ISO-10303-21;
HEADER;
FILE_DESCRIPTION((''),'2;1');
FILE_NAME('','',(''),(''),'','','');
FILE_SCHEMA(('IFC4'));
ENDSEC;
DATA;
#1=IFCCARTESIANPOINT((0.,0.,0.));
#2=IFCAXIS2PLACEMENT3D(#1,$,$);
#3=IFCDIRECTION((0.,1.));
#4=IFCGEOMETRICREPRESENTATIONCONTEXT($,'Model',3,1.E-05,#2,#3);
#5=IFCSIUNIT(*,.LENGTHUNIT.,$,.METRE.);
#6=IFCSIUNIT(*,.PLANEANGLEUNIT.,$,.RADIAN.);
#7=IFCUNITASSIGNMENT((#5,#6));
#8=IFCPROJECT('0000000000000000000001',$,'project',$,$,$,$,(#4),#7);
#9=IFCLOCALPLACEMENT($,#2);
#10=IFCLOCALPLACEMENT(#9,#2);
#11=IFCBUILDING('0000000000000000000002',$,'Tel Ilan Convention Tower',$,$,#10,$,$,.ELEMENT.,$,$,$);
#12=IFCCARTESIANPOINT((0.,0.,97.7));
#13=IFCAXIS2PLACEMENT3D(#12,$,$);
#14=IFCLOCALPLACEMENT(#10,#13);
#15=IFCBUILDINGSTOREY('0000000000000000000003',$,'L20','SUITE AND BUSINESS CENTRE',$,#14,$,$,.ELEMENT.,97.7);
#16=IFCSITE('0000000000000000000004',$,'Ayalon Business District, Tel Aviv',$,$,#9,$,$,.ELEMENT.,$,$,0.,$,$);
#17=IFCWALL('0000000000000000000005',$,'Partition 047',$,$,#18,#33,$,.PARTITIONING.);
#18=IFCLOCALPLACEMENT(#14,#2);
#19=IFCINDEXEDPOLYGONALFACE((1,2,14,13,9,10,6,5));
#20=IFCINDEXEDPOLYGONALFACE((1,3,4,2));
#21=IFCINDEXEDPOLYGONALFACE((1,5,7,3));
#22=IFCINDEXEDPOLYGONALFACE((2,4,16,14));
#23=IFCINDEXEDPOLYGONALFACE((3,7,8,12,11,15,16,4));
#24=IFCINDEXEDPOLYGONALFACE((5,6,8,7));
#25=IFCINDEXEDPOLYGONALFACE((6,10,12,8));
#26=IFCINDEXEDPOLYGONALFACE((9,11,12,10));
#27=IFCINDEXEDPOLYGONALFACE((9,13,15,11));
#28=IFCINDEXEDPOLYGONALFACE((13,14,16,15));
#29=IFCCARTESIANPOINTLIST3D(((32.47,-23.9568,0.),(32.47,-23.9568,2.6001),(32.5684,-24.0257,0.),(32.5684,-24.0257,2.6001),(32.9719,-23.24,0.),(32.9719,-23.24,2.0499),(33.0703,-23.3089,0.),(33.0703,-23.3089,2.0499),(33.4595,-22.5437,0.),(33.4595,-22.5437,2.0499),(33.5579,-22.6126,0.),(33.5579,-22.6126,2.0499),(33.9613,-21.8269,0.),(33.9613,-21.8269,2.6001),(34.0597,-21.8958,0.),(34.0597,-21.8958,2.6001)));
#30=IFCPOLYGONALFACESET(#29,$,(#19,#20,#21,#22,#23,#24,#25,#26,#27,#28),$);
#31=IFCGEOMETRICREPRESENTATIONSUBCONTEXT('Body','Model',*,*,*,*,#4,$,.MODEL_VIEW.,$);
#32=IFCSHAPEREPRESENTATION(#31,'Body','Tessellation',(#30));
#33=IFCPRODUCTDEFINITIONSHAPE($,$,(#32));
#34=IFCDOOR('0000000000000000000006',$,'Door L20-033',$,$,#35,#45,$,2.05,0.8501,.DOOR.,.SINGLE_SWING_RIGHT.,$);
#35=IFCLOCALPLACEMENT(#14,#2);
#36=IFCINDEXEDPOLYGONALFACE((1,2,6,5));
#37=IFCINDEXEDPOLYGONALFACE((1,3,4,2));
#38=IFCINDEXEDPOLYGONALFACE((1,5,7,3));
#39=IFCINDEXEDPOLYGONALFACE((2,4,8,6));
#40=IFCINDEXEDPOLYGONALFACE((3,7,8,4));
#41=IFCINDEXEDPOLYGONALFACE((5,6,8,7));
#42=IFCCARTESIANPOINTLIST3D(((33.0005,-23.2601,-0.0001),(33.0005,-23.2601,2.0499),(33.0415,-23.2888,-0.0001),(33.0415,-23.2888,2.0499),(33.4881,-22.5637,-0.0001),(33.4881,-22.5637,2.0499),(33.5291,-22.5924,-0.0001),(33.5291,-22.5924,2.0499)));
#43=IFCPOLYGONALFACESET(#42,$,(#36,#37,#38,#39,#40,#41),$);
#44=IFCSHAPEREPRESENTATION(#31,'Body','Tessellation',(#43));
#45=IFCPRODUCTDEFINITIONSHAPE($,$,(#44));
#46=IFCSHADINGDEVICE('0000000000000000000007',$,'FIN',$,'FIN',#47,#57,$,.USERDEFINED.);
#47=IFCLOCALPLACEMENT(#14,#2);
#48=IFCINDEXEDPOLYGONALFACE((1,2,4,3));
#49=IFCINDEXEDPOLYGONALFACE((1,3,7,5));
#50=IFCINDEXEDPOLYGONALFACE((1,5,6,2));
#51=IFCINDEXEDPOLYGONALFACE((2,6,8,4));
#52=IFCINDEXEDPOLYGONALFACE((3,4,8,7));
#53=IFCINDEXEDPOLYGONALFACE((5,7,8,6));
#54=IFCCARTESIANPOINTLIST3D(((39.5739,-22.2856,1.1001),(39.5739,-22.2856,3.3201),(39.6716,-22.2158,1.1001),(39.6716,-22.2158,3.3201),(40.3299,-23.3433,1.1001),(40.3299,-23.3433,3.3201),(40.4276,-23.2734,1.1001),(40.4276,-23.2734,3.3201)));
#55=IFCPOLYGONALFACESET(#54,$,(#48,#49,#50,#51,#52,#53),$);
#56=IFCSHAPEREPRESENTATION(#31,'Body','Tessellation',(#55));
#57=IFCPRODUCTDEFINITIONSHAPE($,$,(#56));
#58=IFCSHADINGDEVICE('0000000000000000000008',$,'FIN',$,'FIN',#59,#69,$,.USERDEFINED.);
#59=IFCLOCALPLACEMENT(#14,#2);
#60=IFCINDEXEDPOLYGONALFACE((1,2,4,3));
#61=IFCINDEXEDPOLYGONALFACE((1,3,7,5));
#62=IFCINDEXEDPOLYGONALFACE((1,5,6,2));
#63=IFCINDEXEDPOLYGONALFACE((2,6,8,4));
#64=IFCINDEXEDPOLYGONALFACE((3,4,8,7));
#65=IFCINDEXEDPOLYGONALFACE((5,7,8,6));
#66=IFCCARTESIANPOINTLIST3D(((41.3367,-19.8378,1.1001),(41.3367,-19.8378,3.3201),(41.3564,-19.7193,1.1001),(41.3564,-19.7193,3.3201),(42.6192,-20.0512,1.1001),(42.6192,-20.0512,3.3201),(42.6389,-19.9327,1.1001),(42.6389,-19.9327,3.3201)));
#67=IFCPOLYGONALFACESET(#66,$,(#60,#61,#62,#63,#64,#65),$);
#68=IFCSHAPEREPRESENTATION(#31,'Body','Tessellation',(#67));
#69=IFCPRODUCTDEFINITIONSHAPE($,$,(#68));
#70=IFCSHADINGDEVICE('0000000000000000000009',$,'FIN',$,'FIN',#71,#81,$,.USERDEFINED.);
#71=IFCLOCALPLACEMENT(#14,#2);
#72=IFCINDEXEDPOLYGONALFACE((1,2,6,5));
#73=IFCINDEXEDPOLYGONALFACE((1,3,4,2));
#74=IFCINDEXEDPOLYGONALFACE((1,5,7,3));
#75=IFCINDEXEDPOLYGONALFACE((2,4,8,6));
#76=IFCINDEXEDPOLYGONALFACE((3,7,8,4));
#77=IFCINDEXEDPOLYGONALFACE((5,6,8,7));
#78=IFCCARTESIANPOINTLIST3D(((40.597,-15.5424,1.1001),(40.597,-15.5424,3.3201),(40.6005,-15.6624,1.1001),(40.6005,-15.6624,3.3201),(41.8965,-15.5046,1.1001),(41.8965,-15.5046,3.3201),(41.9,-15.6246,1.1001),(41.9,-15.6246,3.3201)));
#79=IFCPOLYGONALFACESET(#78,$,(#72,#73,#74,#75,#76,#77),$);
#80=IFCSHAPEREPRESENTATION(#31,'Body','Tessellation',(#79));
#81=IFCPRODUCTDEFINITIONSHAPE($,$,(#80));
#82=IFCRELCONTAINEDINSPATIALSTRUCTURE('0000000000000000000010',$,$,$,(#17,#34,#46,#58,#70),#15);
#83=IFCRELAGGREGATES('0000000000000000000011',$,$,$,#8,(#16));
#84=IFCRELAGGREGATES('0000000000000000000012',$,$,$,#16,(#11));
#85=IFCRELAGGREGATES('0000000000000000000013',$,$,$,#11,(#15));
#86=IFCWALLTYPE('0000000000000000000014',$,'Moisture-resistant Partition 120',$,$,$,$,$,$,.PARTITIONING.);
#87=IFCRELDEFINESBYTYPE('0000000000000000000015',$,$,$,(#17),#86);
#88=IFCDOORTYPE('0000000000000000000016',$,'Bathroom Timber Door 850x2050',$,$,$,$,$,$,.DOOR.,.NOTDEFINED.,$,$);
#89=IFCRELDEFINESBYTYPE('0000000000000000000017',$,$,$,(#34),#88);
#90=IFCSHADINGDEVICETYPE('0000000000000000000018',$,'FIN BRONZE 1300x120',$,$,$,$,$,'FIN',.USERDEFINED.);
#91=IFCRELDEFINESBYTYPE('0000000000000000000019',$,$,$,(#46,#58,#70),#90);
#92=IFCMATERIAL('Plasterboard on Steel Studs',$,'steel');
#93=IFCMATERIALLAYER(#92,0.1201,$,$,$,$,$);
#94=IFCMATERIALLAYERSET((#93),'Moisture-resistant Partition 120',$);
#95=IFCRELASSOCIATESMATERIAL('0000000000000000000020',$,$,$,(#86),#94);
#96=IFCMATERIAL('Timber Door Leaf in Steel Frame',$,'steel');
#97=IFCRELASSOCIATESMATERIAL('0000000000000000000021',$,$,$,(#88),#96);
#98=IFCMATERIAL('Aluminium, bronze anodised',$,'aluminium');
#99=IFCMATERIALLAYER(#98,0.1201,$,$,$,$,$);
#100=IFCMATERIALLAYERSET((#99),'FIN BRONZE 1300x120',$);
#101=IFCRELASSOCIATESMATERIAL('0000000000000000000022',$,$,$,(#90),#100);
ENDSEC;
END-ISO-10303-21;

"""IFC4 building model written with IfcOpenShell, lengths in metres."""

from ifc_helpers import new_model, si_unit, direction, frame, frame_2d, origin, origin_2d, place, context, subcontext, project, spatial, rectangle, extrude, material, layer, layer_set, type_object, element, fill, save


model = new_model("IFC4")

# Units and contexts
model_context = context("Model", 3, precision=1e-05, world=origin(), true_north=direction((0.0, 1.0)))
body_context = subcontext(model_context, "Body", "Model", "MODEL_VIEW")
ifc_project = project(units=[si_unit("LENGTHUNIT", "METRE"), si_unit("PLANEANGLEUNIT", "RADIAN")], contexts=[model_context])

# Site, building, storey
site_placement = place(None, origin())
site = spatial("IfcSite", under=ifc_project, at=site_placement, Name="Ayalon Business District, Tel Aviv", CompositionType="ELEMENT", RefElevation=0.0)
building_placement = place(site_placement, origin())
building = spatial("IfcBuilding", under=site, at=building_placement, Name="Tel Ilan Convention Tower", CompositionType="ELEMENT")
storey_placement = place(building_placement, frame((0.0, 0.0, 97.7)))
storey = spatial("IfcBuildingStorey", under=building, at=storey_placement, Name="L20", Description="SUITE AND BUSINESS CENTRE", CompositionType="ELEMENT", Elevation=97.7)

# Shared definitions
ifc_material_1 = material(Name="Plasterboard on Steel Studs", Category="steel")
ifc_layer_1 = layer(ifc_material_1, 0.1201)
ifc_layer_set_1 = layer_set([ifc_layer_1], Name="Moisture-resistant Partition 120")
wall_type_1 = type_object("IfcWallType", Name="Moisture-resistant Partition 120", PredefinedType="PARTITIONING", material=ifc_layer_set_1)

# Wall, opening, door
wall_1_placement = place(storey_placement, frame((34.0105, -21.8613, 0.0), z_axis=(0.0, 0.0, 1.0), x_axis=(-0.573538, -0.819179, 0.0)))
wall_1 = element("IfcWall", 1, at=wall_1_placement, inside=storey, type_object=wall_type_1, Name="Partition 047", PredefinedType="PARTITIONING", context=body_context, shape_type="SweptSolid", body=[
    extrude(rectangle(XDim=2.6001, YDim=0.1201, at=frame_2d((1.3, 0.0))), origin(), (0.0, 0.0, 1.0), 2.6001),
])
opening_1_placement = place(wall_1_placement, frame((0.875, 0.0, 0.0)))
opening_1 = element("IfcOpeningElement", 2, at=opening_1_placement, cuts=wall_1, PredefinedType="OPENING", context=body_context, shape_type="SweptSolid", body=[
    extrude(rectangle(XDim=0.8501, YDim=2.05, at=frame_2d((0.425, 1.0249))), frame((0.0, 0.0701, 0.0), z_axis=(0.0, -1.0, 0.0), x_axis=(1.0, 0.0, 0.0)), (0.0, 0.0, 1.0), 0.1401),
])
ifc_material_2 = material(Name="Timber Door Leaf in Steel Frame", Category="steel")
door_type_1 = type_object("IfcDoorType", Name="Bathroom Timber Door 850x2050", OperationType="NOTDEFINED", PredefinedType="DOOR", material=ifc_material_2)
door_1_placement = place(opening_1_placement, origin())
door_1 = element("IfcDoor", 3, at=door_1_placement, inside=storey, type_object=door_type_1, Name="Door L20-033", OperationType="SINGLE_SWING_RIGHT", OverallHeight=2.05, OverallWidth=0.8501, PredefinedType="DOOR", context=body_context, shape_type="SweptSolid", body=[
    extrude(rectangle(XDim=0.8501, YDim=2.05, at=frame_2d((0.425, 1.0249))), frame((0.0, 0.0249, 0.0), z_axis=(0.0, -1.0, 0.0), x_axis=(1.0, 0.0, 0.0)), (0.0, 0.0, 1.0), 0.05),
])
fill(opening_1, door_1)

# Shading devices
ifc_material_3 = material(Name="Aluminium, bronze anodised", Category="aluminium")
ifc_layer_2 = layer(ifc_material_3, 0.1201)
ifc_layer_set_2 = layer_set([ifc_layer_2], Name="FIN BRONZE 1300x120")
shading_device_type = type_object("IfcShadingDeviceType", Name="FIN BRONZE 1300x120", ElementType="FIN", PredefinedType="USERDEFINED", material=ifc_layer_set_2)
for number, where, z_axis, x_axis, name in (
    (4, (40.0007, -22.7795, 1.1001), (0.0, 0.0, 1.0), (0.581492, -0.813552, 0.0), "FIN"),
    (5, (41.9878, -19.8853, 1.1001), (0.0, 0.0, 1.0), (0.986445, -0.164091, 0.0), "FIN"),
    (6, (41.2485, -15.5835, 1.1001), (0.0, 0.0, 1.0), (0.999577, 0.029085, 0.0), "FIN"),
):
    element("IfcShadingDevice", number, at=place(storey_placement, frame(where, z_axis=z_axis, x_axis=x_axis)), inside=storey, type_object=shading_device_type, Name=name, ObjectType="FIN", PredefinedType="USERDEFINED", context=body_context, shape_type="SweptSolid", body=[
        extrude(rectangle(XDim=1.3, YDim=0.1201, at=origin_2d()), origin(), (0.0, 0.0, 1.0), 2.22),
    ])

save(model, "model.ifc")
